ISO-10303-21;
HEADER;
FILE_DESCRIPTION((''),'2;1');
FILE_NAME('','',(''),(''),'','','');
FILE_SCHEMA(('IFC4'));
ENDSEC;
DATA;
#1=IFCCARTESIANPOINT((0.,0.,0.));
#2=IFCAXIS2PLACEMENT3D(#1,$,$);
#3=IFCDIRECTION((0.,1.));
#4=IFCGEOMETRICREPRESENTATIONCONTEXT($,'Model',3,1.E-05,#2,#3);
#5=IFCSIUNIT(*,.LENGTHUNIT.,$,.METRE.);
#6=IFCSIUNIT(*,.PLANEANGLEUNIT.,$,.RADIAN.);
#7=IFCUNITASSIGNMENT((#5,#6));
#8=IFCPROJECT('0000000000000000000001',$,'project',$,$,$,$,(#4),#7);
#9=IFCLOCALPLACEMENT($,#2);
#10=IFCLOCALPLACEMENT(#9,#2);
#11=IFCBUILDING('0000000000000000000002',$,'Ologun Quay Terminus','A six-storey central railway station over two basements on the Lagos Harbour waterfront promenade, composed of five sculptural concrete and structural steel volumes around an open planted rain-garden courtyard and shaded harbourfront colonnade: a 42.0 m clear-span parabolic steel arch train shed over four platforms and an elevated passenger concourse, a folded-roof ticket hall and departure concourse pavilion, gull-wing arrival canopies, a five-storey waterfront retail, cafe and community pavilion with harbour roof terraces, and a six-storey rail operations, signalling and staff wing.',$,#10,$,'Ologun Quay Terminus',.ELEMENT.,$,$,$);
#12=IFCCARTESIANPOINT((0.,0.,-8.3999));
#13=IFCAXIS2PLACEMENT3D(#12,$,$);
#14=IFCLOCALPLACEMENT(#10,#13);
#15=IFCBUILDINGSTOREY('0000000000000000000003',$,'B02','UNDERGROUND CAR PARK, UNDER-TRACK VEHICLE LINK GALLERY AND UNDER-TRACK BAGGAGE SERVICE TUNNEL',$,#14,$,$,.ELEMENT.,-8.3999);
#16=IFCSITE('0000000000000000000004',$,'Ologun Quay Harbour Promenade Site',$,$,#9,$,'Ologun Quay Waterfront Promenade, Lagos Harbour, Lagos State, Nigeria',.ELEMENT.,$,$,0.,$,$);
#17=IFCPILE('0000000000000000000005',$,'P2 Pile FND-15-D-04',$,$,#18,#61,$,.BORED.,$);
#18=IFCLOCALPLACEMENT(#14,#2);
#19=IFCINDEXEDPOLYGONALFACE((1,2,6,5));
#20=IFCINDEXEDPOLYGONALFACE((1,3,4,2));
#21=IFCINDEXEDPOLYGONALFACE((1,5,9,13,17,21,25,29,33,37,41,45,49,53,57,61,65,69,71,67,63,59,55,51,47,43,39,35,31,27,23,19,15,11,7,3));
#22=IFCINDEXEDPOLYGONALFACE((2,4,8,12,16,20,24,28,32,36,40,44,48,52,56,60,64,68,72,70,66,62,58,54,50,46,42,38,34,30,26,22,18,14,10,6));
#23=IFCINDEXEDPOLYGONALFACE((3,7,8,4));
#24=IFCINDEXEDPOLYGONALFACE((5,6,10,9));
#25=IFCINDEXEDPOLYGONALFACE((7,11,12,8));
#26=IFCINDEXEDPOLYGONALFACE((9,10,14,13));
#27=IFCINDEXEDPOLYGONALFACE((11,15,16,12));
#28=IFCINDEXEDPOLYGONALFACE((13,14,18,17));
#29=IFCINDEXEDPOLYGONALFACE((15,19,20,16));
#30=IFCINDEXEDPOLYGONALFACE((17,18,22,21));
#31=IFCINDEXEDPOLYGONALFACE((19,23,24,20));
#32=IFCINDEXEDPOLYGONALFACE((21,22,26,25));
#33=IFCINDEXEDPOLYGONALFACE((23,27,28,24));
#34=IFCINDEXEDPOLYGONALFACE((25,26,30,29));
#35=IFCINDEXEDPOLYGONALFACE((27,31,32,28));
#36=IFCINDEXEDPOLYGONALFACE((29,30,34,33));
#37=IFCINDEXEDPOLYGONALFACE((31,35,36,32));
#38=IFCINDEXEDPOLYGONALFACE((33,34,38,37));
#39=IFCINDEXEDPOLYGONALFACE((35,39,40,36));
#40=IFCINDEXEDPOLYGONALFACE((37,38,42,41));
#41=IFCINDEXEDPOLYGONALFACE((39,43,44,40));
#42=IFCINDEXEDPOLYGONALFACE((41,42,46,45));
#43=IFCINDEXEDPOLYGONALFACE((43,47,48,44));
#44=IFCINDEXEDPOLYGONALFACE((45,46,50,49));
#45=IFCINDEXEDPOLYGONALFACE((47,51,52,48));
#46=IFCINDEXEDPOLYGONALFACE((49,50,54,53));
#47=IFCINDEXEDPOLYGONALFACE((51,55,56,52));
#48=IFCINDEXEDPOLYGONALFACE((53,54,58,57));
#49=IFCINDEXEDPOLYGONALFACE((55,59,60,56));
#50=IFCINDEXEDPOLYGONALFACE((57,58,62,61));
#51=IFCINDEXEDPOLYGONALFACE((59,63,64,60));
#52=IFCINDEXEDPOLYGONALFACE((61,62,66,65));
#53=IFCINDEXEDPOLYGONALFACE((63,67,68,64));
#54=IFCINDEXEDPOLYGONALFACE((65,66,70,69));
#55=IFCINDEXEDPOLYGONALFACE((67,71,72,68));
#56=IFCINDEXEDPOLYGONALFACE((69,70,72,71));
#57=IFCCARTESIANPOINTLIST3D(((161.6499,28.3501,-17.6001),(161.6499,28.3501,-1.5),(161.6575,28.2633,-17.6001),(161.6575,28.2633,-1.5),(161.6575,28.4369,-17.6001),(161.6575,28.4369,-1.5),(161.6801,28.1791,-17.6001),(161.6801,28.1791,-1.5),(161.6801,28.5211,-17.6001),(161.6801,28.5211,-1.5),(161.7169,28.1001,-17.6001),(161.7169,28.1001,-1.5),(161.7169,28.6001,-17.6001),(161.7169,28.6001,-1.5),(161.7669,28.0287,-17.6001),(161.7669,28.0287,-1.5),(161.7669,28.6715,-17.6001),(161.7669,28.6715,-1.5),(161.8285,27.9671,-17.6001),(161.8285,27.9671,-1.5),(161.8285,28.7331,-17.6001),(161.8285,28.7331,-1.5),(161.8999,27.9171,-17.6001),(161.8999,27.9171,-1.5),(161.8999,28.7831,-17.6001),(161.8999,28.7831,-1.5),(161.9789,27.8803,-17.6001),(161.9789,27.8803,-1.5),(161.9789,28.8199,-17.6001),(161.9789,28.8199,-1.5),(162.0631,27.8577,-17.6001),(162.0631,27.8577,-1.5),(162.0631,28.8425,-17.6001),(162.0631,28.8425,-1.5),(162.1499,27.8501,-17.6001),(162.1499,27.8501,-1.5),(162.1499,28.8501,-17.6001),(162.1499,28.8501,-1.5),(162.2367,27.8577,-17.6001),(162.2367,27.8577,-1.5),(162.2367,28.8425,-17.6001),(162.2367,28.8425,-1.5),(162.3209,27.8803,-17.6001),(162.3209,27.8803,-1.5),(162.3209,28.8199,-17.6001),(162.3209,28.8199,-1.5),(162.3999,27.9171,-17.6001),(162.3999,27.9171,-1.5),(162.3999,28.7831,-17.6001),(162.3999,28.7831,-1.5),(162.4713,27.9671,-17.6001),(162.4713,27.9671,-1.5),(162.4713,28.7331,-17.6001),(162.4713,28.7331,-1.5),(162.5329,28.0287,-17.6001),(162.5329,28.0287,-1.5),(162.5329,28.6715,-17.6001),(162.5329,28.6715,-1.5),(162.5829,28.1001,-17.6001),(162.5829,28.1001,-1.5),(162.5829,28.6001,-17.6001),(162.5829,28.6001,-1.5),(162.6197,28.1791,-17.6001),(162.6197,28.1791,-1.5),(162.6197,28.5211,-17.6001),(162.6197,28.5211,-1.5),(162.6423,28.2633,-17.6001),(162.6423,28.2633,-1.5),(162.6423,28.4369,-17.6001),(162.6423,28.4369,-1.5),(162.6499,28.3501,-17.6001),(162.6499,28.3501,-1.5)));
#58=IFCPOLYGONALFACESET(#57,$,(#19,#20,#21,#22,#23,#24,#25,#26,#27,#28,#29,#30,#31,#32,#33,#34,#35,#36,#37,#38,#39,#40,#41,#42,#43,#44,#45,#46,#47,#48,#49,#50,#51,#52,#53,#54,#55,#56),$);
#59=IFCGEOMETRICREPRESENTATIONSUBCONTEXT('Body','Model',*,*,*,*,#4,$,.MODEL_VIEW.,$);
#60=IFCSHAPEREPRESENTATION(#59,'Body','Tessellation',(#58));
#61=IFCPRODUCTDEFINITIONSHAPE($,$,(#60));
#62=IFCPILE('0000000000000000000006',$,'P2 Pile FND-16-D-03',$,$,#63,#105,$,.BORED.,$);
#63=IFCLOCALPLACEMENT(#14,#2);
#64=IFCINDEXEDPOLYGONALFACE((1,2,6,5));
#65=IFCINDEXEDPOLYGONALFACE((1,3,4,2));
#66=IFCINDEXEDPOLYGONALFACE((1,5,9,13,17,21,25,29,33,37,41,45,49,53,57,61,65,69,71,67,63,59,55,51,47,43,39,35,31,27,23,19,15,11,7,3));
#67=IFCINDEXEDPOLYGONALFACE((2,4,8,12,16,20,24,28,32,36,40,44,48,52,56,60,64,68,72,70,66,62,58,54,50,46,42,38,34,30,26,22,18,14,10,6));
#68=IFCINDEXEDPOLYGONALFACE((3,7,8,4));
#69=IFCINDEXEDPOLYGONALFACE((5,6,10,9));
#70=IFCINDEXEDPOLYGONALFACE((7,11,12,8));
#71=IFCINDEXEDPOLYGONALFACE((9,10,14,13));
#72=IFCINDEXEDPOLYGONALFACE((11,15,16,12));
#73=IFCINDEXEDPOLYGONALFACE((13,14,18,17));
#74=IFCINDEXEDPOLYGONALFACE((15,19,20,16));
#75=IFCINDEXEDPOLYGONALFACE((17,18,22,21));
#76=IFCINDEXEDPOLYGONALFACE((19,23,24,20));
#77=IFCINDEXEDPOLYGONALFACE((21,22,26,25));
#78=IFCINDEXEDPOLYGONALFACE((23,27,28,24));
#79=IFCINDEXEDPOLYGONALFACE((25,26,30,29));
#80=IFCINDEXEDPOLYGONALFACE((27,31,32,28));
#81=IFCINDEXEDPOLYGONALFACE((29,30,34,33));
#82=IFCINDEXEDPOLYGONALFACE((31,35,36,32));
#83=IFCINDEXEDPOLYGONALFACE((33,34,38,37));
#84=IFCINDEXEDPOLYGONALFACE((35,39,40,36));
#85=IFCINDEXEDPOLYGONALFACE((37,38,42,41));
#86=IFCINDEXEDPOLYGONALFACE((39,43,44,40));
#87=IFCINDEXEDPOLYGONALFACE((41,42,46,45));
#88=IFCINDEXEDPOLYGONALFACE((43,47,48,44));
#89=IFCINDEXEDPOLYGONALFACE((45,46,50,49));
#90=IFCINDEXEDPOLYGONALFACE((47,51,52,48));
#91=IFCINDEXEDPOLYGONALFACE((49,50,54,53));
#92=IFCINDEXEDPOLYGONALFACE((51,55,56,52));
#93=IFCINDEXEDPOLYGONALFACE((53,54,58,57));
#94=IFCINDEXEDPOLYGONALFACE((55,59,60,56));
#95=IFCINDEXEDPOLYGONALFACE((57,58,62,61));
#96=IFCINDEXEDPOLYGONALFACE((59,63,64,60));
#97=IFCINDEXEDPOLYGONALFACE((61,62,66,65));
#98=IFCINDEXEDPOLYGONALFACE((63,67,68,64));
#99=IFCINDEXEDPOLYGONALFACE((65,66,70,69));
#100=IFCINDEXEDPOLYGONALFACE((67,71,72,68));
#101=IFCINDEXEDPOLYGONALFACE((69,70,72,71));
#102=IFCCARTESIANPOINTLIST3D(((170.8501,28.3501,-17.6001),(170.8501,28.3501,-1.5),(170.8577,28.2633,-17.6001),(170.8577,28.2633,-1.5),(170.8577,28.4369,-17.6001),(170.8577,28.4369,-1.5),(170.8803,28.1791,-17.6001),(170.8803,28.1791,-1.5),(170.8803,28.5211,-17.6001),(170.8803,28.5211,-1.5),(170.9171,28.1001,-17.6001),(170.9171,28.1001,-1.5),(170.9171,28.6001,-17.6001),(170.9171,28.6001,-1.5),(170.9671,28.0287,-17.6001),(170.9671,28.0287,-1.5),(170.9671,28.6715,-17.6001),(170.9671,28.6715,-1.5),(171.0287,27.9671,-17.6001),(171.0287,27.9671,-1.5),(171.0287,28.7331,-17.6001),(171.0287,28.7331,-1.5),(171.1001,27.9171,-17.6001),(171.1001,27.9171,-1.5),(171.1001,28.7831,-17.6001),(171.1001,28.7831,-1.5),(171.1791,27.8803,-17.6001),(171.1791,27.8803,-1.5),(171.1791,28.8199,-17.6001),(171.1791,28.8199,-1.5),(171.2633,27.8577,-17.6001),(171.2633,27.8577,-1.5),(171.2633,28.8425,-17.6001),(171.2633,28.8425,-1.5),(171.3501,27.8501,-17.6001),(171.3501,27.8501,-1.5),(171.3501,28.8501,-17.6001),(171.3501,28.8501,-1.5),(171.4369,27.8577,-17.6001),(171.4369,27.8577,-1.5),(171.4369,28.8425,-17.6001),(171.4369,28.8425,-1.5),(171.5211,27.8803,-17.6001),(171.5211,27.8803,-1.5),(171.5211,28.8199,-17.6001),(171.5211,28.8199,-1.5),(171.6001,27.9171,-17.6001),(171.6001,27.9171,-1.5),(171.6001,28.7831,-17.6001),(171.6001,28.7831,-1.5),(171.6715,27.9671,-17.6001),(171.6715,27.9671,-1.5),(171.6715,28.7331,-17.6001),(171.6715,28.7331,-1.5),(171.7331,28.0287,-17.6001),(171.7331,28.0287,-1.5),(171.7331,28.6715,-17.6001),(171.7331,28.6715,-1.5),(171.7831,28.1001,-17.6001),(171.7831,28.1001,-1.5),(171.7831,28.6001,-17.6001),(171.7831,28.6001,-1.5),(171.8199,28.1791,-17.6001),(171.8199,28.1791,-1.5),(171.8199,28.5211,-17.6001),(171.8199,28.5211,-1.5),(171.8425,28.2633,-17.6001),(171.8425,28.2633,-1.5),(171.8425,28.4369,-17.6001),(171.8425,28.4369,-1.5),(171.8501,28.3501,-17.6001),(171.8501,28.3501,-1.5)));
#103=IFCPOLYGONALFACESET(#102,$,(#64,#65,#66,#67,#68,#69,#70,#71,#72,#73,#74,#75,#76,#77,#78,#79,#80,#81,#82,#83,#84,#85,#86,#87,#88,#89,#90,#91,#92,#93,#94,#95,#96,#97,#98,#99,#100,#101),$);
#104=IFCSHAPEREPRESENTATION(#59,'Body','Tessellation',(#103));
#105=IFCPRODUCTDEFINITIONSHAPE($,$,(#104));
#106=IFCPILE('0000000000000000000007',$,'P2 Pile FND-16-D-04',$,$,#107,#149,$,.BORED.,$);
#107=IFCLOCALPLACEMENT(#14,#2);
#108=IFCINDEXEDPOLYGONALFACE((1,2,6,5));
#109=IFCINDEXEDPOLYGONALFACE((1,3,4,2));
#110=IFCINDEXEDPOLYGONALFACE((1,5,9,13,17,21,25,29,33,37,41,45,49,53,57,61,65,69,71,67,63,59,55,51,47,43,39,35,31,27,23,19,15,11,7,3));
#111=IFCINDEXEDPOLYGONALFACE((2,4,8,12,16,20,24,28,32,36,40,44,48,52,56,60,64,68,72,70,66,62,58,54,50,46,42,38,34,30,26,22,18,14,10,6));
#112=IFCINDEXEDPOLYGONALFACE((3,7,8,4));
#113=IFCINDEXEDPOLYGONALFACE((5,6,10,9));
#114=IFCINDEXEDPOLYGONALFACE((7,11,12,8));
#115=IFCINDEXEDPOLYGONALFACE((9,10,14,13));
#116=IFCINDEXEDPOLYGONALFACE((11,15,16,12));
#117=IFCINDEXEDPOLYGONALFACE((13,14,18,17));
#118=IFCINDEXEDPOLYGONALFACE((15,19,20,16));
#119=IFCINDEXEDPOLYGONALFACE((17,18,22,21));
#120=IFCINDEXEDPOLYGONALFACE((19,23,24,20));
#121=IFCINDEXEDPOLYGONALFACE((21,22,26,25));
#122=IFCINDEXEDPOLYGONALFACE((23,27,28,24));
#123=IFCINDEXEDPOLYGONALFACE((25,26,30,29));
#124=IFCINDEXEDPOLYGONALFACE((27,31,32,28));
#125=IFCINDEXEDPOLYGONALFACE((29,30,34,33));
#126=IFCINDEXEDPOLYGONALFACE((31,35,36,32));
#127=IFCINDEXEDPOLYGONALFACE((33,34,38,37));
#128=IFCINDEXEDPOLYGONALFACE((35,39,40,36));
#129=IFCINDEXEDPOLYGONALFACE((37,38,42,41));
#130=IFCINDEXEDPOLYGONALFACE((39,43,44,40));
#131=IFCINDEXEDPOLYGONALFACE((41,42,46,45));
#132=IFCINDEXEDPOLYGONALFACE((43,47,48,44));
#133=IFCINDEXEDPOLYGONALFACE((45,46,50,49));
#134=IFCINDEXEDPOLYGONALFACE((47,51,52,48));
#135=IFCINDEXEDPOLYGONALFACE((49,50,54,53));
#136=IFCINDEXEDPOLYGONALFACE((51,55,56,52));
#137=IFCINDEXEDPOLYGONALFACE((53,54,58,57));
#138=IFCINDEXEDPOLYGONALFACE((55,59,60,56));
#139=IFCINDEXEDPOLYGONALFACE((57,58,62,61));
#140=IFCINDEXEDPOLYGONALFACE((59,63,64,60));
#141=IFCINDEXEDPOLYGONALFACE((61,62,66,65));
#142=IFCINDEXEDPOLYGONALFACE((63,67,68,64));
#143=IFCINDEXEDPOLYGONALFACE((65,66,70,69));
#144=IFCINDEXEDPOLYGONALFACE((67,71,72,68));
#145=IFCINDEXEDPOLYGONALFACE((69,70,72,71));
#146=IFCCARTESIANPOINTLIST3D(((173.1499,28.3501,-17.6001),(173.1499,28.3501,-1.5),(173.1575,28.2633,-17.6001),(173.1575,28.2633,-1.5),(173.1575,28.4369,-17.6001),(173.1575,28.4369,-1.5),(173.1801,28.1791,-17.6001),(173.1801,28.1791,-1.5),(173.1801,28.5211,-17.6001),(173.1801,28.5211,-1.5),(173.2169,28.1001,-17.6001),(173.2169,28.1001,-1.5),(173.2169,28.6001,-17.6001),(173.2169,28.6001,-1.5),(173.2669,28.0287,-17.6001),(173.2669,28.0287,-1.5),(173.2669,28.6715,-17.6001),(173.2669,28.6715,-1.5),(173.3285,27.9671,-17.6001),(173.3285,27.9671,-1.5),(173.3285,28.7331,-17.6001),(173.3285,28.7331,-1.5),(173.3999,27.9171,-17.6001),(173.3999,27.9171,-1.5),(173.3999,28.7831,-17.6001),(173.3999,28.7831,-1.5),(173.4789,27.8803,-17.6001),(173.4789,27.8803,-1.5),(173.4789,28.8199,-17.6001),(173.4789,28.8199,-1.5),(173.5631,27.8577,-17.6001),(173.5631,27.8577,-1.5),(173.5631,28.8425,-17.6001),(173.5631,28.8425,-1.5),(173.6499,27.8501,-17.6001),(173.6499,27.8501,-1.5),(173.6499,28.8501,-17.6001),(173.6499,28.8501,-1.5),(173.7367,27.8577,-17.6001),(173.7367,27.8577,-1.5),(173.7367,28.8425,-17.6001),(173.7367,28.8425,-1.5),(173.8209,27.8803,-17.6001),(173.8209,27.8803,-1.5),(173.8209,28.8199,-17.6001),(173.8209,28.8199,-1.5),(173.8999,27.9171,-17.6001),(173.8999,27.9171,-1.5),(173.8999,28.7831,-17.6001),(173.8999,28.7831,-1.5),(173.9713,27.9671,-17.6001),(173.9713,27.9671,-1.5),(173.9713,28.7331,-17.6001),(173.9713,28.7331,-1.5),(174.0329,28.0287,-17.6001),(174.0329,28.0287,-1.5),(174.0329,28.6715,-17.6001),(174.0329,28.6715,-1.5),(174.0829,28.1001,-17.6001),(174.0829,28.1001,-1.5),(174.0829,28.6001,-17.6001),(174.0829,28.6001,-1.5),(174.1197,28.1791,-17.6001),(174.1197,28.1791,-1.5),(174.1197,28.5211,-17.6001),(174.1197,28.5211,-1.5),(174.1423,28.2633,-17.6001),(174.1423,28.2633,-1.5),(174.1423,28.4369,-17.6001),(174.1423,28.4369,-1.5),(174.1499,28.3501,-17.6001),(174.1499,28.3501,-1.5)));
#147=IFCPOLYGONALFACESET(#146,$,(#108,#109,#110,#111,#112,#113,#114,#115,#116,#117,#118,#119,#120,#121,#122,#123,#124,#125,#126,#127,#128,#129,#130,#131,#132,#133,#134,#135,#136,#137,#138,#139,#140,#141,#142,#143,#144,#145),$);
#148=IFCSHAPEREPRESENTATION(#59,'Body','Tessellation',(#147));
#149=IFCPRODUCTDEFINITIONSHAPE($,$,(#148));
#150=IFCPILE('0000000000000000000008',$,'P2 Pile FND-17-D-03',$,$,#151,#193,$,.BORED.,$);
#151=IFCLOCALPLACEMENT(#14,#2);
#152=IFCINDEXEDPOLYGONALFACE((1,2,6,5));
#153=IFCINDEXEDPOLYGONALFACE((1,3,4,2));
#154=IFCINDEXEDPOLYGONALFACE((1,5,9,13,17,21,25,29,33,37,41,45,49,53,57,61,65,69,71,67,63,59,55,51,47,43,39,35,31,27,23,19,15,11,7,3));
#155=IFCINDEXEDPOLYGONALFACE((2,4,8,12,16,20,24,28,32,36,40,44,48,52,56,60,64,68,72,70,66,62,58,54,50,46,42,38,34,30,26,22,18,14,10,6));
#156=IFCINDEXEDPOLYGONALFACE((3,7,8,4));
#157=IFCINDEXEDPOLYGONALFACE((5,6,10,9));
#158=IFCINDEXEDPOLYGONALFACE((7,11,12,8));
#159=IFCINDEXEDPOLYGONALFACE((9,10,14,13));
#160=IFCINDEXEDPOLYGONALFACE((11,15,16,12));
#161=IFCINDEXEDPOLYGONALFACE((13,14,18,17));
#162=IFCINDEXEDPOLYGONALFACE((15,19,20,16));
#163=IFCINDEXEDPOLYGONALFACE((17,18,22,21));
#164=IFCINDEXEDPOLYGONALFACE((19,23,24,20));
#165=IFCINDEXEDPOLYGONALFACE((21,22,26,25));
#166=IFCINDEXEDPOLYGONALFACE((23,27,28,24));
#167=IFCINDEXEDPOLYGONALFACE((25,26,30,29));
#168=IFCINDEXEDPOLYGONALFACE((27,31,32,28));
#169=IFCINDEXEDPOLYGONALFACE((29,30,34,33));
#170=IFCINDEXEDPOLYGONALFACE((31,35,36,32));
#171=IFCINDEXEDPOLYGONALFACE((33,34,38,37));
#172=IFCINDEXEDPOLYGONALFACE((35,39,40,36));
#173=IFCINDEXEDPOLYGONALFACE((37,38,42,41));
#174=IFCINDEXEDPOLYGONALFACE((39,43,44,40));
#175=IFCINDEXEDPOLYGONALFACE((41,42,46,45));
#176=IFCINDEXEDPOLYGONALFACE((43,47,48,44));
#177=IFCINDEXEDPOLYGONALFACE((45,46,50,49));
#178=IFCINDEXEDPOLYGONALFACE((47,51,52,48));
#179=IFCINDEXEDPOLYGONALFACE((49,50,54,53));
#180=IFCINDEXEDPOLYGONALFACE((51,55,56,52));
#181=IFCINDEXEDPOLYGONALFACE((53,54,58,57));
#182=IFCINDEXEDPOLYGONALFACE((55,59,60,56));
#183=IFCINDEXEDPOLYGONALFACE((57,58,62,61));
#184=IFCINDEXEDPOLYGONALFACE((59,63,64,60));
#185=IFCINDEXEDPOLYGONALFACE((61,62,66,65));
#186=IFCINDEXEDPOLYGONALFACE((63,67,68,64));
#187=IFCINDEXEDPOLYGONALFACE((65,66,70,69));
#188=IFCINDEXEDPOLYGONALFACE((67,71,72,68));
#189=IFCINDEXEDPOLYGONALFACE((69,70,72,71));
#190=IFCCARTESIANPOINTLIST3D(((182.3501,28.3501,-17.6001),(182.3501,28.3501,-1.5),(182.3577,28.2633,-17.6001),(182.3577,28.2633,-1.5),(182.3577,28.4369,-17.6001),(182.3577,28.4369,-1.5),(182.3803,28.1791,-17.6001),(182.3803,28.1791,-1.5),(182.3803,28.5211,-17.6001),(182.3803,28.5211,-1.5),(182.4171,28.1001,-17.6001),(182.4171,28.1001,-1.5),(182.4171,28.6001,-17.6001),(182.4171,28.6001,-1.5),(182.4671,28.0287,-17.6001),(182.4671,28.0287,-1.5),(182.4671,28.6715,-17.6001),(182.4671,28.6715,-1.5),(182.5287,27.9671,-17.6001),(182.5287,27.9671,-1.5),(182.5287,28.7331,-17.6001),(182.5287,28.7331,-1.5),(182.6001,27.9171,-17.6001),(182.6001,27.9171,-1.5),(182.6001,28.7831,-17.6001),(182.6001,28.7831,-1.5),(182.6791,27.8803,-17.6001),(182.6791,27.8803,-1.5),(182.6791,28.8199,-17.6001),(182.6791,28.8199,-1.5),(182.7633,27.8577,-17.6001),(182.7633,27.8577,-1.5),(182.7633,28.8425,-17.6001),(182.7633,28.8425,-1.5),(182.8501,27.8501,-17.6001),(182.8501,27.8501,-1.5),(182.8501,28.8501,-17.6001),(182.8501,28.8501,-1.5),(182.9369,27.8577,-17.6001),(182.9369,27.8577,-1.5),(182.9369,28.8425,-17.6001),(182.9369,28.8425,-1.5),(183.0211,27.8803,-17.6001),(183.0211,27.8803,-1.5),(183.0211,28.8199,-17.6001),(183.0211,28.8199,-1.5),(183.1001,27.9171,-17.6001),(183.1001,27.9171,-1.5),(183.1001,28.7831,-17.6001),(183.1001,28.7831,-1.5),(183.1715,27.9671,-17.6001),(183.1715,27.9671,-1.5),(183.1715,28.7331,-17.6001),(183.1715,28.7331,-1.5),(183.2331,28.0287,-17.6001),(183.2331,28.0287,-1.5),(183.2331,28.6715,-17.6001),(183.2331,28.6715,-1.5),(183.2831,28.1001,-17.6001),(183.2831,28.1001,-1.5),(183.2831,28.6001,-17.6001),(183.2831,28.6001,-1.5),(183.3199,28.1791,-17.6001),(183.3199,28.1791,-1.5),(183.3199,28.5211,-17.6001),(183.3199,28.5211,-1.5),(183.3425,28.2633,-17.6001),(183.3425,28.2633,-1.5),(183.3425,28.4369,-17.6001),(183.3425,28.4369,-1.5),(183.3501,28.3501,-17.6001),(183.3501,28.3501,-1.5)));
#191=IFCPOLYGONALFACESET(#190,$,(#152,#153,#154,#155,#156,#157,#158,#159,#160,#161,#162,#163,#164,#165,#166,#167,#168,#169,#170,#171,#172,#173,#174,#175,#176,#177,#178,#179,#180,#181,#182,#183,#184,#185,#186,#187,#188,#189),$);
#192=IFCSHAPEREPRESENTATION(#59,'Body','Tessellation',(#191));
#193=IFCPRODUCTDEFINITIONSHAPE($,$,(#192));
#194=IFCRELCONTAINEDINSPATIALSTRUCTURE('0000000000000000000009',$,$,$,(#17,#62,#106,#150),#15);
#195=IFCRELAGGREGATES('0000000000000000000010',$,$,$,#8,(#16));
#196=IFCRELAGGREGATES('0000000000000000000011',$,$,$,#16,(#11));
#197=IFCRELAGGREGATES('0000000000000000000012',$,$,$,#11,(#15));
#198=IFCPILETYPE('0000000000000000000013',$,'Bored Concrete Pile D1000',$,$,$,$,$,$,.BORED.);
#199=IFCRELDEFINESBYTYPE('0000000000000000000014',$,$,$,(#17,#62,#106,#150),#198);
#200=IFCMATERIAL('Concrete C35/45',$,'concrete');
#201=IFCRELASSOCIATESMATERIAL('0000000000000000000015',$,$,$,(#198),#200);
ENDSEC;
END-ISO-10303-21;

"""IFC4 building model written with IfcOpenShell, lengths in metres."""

from ifc_helpers import new_model, si_unit, direction, frame, origin, origin_2d, place, context, subcontext, project, spatial, circle, extrude, material, material_profile, profile_set, type_object, element, save


model = new_model("IFC4")

# Units and contexts
model_context = context("Model", 3, precision=1e-05, world=origin(), true_north=direction((0.0, 1.0)))
body_context = subcontext(model_context, "Body", "Model", "MODEL_VIEW")
ifc_project = project(units=[si_unit("LENGTHUNIT", "METRE"), si_unit("PLANEANGLEUNIT", "RADIAN")], contexts=[model_context])

# Site, building, storey
site_placement = place(None, origin())
site = spatial("IfcSite", under=ifc_project, at=site_placement, Name="Ologun Quay Harbour Promenade Site", LongName="Ologun Quay Waterfront Promenade, Lagos Harbour, Lagos State, Nigeria", CompositionType="ELEMENT", RefElevation=0.0)
building_placement = place(site_placement, origin())
building = spatial("IfcBuilding", under=site, at=building_placement, Name="Ologun Quay Terminus", Description="A six-storey central railway station over two basements on the Lagos Harbour waterfront promenade, composed of five sculptural concrete and structural steel volumes around an open planted rain-garden courtyard and shaded harbourfront colonnade: a 42.0 m clear-span parabolic steel arch train shed over four platforms and an elevated passenger concourse, a folded-roof ticket hall and departure concourse pavilion, gull-wing arrival canopies, a five-storey waterfront retail, cafe and community pavilion with harbour roof terraces, and a six-storey rail operations, signalling and staff wing.", LongName="Ologun Quay Terminus", CompositionType="ELEMENT")
storey_placement = place(building_placement, frame((0.0, 0.0, -8.3999)))
storey = spatial("IfcBuildingStorey", under=building, at=storey_placement, Name="B02", Description="UNDERGROUND CAR PARK, UNDER-TRACK VEHICLE LINK GALLERY AND UNDER-TRACK BAGGAGE SERVICE TUNNEL", CompositionType="ELEMENT", Elevation=-8.3999)

# Piles
ifc_material_1 = material(Name="Concrete C35/45", Category="concrete")
ifc_material_profile_1 = material_profile(ifc_material_1, circle(Radius=0.5, at=origin_2d()), Name="PILE D1000")
ifc_profile_set_1 = profile_set([ifc_material_profile_1], Name="Concrete C35/45")
pile_type_1 = type_object("IfcPileType", Name="Bored Concrete Pile D1000", PredefinedType="BORED", material=ifc_profile_set_1)
for number, where, z_axis, x_axis, name in (
    (1, (162.1499, 28.3501, -1.5), (0.0, 0.0, -1.0), (1.0, 0.0, 0.0), "P2 Pile FND-15-D-04"),
    (2, (171.3501, 28.3501, -1.5), (0.0, 0.0, -1.0), (1.0, 0.0, 0.0), "P2 Pile FND-16-D-03"),
    (3, (173.6499, 28.3501, -1.5), (0.0, 0.0, -1.0), (1.0, 0.0, 0.0), "P2 Pile FND-16-D-04"),
    (4, (182.8501, 28.3501, -1.5), (0.0, 0.0, -1.0), (1.0, 0.0, 0.0), "P2 Pile FND-17-D-03"),
):
    element("IfcPile", number, at=place(storey_placement, frame(where, z_axis=z_axis, x_axis=x_axis)), inside=storey, type_object=pile_type_1, Name=name, PredefinedType="BORED", context=body_context, shape_type="SweptSolid", body=[
        extrude(circle(Radius=0.5, at=origin_2d()), origin(), (0.0, 0.0, 1.0), 16.1001),
    ])

save(model, "model.ifc")
